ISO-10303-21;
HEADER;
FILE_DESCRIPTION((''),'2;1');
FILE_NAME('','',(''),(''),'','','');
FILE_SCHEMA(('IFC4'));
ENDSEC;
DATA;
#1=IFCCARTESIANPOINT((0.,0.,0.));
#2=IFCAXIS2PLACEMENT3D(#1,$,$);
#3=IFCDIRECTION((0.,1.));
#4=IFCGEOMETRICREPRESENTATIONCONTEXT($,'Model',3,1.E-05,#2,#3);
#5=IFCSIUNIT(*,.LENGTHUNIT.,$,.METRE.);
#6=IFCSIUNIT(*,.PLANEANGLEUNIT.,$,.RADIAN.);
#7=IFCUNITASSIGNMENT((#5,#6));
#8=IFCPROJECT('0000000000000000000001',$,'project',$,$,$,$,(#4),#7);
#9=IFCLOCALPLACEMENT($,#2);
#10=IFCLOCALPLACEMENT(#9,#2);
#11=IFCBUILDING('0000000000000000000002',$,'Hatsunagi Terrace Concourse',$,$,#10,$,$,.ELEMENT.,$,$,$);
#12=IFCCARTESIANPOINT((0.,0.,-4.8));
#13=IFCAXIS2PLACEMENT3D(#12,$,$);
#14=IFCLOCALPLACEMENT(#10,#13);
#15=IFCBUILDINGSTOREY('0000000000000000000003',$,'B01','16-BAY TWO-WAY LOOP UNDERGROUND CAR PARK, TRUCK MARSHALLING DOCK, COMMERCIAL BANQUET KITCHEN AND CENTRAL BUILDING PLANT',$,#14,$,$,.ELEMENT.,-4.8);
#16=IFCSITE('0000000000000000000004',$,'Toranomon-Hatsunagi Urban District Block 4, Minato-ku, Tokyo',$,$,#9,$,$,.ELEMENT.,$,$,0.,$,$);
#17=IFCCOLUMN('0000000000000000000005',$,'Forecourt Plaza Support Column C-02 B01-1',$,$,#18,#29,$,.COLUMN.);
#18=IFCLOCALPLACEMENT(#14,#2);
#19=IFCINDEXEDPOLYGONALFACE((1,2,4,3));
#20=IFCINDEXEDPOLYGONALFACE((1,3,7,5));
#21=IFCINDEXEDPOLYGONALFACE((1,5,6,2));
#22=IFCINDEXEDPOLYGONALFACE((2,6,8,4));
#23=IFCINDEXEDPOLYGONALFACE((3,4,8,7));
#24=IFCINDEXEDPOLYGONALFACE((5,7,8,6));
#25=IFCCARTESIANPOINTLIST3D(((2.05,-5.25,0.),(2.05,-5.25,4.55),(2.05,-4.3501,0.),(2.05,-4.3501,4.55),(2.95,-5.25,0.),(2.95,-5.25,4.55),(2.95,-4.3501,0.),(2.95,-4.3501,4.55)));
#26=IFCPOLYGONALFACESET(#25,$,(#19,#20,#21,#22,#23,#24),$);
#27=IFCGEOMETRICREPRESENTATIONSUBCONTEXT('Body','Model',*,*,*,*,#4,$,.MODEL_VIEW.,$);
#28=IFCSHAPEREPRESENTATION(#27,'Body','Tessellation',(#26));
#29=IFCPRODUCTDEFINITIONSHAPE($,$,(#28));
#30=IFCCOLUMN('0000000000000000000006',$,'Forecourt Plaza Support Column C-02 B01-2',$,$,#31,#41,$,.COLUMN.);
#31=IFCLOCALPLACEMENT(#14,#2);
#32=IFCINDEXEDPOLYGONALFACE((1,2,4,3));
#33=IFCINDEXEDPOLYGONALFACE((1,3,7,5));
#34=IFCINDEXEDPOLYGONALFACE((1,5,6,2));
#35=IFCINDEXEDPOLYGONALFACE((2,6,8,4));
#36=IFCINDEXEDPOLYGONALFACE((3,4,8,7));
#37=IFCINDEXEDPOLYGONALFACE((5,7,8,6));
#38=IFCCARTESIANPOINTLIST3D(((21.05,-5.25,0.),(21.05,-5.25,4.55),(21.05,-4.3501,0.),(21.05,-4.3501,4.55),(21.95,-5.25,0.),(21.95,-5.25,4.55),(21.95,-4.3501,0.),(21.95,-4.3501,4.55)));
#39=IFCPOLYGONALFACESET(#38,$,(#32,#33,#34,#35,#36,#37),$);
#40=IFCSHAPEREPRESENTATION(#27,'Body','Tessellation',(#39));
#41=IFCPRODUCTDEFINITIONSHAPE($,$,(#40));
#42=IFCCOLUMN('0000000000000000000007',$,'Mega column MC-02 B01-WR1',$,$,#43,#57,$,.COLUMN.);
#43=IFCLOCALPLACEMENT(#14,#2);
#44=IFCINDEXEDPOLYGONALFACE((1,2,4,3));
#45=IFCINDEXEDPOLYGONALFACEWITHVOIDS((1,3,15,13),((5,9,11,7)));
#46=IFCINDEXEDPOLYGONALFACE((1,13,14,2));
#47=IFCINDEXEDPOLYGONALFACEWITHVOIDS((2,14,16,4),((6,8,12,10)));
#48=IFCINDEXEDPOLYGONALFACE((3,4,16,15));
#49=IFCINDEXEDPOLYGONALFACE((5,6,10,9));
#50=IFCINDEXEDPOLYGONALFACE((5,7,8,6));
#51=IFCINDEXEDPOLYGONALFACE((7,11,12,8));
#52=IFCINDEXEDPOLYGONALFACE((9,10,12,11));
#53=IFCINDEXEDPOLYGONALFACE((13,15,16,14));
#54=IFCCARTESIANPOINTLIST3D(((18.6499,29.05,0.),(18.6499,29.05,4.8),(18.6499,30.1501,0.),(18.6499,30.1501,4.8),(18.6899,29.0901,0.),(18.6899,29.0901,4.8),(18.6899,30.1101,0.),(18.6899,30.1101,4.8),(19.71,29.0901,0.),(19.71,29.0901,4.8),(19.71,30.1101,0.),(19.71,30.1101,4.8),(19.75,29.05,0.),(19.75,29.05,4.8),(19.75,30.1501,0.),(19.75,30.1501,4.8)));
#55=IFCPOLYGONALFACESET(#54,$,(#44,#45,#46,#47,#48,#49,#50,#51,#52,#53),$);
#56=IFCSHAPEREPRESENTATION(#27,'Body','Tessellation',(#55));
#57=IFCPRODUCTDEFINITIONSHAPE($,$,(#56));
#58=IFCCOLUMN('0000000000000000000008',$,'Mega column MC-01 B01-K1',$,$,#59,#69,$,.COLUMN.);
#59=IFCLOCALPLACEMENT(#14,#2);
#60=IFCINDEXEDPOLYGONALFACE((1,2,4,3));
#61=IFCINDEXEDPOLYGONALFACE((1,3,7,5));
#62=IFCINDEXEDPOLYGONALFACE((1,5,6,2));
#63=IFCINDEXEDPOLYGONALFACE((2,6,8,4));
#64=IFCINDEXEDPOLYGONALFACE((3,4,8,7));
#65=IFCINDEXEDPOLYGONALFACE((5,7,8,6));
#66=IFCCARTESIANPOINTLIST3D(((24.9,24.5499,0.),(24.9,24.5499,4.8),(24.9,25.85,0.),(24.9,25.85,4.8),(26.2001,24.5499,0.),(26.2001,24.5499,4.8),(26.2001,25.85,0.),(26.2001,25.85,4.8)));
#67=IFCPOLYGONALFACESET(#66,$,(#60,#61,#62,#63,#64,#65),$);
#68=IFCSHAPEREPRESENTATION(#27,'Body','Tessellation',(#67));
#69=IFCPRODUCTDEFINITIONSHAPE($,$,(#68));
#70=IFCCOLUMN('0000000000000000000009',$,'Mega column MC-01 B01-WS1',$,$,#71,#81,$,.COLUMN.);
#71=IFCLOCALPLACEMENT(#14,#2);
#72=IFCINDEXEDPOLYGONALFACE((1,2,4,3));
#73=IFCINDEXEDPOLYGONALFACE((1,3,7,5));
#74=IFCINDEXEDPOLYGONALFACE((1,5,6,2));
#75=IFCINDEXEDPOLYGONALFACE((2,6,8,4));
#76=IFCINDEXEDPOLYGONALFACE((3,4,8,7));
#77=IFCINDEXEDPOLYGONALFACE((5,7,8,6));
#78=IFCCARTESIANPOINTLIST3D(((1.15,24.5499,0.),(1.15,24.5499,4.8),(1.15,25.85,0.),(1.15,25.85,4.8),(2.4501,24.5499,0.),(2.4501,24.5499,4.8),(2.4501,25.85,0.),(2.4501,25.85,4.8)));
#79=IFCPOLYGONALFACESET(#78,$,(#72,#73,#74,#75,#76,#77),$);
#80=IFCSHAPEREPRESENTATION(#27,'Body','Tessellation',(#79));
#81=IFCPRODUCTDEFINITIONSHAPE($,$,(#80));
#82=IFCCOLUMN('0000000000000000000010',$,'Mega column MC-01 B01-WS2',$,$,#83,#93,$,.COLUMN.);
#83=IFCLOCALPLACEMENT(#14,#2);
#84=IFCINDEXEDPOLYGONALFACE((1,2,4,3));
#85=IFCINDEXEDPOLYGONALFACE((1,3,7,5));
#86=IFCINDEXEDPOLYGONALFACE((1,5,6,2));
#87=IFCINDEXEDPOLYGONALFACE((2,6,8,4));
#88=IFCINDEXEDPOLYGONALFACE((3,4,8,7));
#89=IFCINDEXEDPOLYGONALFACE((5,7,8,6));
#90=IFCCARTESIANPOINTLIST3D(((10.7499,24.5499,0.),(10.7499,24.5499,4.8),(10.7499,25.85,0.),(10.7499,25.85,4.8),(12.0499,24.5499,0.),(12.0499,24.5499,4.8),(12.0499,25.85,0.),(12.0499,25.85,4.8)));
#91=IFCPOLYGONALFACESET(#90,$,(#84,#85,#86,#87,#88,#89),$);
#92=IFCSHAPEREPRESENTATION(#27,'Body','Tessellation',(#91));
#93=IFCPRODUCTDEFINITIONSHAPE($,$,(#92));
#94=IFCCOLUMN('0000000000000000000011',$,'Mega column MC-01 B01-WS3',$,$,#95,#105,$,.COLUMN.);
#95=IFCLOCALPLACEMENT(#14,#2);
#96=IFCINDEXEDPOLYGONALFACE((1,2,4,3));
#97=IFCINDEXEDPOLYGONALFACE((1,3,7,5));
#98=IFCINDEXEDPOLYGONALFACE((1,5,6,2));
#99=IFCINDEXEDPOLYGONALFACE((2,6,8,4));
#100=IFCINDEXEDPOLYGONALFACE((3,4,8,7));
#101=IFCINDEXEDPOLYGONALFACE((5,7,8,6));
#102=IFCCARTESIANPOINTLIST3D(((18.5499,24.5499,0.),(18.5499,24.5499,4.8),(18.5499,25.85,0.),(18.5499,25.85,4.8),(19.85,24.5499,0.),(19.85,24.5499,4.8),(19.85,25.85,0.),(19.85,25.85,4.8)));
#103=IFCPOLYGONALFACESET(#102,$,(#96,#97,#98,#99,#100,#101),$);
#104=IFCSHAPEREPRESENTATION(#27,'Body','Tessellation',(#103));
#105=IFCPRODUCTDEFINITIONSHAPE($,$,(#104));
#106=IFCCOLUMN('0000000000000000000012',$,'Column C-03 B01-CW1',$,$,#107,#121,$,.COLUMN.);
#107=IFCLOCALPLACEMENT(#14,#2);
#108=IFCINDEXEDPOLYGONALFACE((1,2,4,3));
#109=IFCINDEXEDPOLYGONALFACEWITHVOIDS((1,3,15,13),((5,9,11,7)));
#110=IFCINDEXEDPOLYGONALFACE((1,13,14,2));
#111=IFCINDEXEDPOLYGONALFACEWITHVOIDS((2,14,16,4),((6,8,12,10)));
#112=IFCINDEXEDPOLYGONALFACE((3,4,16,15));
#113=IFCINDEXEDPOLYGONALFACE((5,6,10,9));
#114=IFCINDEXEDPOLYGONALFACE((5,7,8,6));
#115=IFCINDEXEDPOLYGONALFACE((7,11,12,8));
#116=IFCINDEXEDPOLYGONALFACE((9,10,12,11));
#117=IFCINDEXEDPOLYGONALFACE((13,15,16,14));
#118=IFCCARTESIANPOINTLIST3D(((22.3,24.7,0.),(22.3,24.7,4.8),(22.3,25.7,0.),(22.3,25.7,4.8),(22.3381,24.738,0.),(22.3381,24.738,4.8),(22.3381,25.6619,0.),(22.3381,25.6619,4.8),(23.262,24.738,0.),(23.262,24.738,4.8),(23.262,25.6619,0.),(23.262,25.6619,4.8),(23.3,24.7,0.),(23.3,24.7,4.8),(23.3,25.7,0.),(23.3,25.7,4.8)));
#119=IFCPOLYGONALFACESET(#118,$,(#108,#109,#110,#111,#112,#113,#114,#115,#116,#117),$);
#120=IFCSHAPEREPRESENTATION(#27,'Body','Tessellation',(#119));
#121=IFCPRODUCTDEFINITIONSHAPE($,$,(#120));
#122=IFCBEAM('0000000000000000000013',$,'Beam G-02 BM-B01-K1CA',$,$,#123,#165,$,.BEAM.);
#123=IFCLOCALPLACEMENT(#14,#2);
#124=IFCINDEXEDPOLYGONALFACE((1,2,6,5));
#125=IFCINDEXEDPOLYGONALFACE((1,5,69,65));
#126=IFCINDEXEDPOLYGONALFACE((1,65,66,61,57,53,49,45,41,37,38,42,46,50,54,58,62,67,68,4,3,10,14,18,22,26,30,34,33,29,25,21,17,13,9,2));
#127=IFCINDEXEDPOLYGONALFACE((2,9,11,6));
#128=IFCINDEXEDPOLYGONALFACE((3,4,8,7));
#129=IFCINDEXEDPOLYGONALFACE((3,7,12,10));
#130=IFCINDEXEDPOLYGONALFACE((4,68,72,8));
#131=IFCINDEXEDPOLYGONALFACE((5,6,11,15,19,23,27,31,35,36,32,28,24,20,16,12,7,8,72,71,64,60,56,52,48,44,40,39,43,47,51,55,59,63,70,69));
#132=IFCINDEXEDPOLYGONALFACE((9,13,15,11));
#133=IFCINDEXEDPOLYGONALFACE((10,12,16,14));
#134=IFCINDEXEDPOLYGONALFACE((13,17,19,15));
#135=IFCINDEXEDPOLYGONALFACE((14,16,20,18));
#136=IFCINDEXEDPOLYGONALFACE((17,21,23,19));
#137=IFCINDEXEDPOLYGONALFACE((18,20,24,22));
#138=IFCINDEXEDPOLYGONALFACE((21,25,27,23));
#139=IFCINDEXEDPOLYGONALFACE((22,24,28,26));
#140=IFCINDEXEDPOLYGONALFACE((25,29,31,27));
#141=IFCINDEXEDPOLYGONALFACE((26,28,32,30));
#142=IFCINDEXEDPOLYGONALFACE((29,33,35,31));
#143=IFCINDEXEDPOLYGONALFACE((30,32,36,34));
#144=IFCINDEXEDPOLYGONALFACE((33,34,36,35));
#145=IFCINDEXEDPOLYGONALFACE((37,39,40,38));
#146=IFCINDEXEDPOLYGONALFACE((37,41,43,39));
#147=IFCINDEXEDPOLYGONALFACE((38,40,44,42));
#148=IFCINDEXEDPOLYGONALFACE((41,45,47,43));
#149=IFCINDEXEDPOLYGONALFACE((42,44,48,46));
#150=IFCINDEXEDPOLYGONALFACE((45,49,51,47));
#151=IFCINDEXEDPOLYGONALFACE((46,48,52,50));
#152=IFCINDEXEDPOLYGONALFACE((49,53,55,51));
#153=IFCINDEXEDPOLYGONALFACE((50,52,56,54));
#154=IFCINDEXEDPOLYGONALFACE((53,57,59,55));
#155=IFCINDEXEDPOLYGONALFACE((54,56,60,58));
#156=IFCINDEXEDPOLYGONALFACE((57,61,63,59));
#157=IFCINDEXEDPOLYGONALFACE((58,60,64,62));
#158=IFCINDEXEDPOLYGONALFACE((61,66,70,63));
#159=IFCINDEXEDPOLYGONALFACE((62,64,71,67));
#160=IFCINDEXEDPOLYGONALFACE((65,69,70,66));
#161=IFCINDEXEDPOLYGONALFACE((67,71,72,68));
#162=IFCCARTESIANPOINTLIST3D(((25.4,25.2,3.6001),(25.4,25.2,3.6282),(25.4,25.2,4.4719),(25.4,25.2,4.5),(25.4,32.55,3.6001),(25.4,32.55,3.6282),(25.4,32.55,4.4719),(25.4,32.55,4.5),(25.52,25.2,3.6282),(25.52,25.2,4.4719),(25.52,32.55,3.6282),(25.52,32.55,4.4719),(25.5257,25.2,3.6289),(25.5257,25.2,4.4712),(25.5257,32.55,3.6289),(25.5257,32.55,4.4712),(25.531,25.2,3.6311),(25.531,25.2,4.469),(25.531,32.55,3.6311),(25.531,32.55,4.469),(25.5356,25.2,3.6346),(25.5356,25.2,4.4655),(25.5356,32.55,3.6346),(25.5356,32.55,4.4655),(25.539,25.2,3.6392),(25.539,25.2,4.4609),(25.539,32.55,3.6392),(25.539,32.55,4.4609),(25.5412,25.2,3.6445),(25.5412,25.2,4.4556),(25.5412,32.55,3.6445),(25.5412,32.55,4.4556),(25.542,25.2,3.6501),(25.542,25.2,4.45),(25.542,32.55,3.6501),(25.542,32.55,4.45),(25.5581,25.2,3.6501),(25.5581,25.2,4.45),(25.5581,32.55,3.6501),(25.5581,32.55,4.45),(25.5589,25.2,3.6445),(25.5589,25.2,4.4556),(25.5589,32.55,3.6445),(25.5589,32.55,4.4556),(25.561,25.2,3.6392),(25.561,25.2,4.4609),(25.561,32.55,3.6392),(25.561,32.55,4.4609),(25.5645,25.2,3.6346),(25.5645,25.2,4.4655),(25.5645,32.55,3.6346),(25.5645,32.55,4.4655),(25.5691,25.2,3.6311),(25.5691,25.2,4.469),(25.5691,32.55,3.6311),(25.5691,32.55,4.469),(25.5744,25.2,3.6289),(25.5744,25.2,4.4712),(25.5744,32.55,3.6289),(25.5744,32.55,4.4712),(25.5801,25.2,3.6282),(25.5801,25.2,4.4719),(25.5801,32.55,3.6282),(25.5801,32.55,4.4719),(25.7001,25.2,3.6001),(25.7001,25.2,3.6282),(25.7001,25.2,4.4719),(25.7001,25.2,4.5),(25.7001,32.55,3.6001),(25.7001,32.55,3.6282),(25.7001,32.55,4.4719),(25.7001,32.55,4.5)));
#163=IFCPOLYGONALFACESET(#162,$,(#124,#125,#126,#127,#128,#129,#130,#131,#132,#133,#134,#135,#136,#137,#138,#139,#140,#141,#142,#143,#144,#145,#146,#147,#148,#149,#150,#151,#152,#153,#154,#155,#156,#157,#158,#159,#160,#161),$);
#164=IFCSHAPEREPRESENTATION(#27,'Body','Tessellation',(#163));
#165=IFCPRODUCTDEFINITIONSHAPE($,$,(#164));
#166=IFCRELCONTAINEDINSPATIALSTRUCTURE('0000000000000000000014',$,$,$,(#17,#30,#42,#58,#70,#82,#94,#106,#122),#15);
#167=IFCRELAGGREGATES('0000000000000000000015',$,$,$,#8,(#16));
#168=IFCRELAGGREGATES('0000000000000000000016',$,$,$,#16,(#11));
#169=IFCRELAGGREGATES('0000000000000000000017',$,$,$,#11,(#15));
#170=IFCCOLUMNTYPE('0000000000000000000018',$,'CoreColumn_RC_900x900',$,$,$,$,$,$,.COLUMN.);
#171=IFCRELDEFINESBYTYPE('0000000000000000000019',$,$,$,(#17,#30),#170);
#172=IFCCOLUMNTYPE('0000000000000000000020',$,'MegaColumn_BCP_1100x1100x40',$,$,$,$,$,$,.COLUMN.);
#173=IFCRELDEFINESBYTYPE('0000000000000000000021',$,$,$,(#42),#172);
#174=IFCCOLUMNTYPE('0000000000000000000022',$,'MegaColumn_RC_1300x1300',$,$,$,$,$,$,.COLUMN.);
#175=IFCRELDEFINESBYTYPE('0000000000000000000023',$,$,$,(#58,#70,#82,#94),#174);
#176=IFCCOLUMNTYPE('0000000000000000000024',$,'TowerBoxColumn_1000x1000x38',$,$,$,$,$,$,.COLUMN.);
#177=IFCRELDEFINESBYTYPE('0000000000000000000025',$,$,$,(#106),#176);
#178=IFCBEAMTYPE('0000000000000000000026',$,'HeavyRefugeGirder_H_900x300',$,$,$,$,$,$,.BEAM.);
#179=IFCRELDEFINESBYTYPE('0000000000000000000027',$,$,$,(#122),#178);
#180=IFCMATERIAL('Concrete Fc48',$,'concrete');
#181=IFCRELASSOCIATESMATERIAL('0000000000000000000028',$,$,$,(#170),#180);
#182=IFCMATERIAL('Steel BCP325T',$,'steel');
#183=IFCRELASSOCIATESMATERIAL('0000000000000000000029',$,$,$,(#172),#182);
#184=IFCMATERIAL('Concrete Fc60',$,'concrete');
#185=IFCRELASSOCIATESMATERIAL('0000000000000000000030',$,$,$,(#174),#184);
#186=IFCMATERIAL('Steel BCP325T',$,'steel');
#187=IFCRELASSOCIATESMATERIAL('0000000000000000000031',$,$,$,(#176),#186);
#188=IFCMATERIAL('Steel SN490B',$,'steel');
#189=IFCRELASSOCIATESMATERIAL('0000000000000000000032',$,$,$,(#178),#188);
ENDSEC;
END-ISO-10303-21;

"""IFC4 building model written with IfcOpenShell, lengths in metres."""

from ifc_helpers import new_model, si_unit, direction, frame, origin, origin_2d, place, context, subcontext, project, spatial, rectangle, hollow_rectangle, i_section, extrude, material, material_profile, profile_set, type_object, element, save


model = new_model("IFC4")

# Units and contexts
model_context = context("Model", 3, precision=1e-05, world=origin(), true_north=direction((0.0, 1.0)))
body_context = subcontext(model_context, "Body", "Model", "MODEL_VIEW")
ifc_project = project(units=[si_unit("LENGTHUNIT", "METRE"), si_unit("PLANEANGLEUNIT", "RADIAN")], contexts=[model_context])

# Site, building, storey
site_placement = place(None, origin())
site = spatial("IfcSite", under=ifc_project, at=site_placement, Name="Toranomon-Hatsunagi Urban District Block 4, Minato-ku, Tokyo", CompositionType="ELEMENT", RefElevation=0.0)
building_placement = place(site_placement, origin())
building = spatial("IfcBuilding", under=site, at=building_placement, Name="Hatsunagi Terrace Concourse", CompositionType="ELEMENT")
storey_placement = place(building_placement, frame((0.0, 0.0, -4.8)))
storey = spatial("IfcBuildingStorey", under=building, at=storey_placement, Name="B01", Description="16-BAY TWO-WAY LOOP UNDERGROUND CAR PARK, TRUCK MARSHALLING DOCK, COMMERCIAL BANQUET KITCHEN AND CENTRAL BUILDING PLANT", CompositionType="ELEMENT", Elevation=-4.8)

# Columns
ifc_material_1 = material(Name="Concrete Fc48", Category="concrete")
ifc_material_profile_1 = material_profile(ifc_material_1, rectangle(XDim=0.8999, YDim=0.8999, at=origin_2d()), Name="RC-900x900")
ifc_profile_set_1 = profile_set([ifc_material_profile_1], Name="Concrete Fc48")
column_type_1 = type_object("IfcColumnType", Name="CoreColumn_RC_900x900", PredefinedType="COLUMN", material=ifc_profile_set_1)
for number, where, z_axis, x_axis, name in (
    (1, (2.5, -4.8, 0.0), (0.0, 0.0, 1.0), (1.0, 0.0, 0.0), "Forecourt Plaza Support Column C-02 B01-1"),
    (2, (21.5, -4.8, 0.0), (0.0, 0.0, 1.0), (1.0, 0.0, 0.0), "Forecourt Plaza Support Column C-02 B01-2"),
):
    element("IfcColumn", number, at=place(storey_placement, frame(where, z_axis=z_axis, x_axis=x_axis)), inside=storey, type_object=column_type_1, Name=name, PredefinedType="COLUMN", context=body_context, shape_type="SweptSolid", body=[
        extrude(rectangle(XDim=0.8999, YDim=0.8999, at=origin_2d()), origin(), (0.0, 0.0, 1.0), 4.55),
    ])
ifc_material_2 = material(Name="Steel BCP325T", Category="steel")
ifc_material_profile_2 = material_profile(ifc_material_2, hollow_rectangle(XDim=1.1001, YDim=1.1001, WallThickness=0.04, at=origin_2d()), Name="BCP-1100x1100x40")
ifc_profile_set_2 = profile_set([ifc_material_profile_2], Name="Steel BCP325T")
column_type_2 = type_object("IfcColumnType", Name="MegaColumn_BCP_1100x1100x40", PredefinedType="COLUMN", material=ifc_profile_set_2)
column_1_placement = place(storey_placement, frame((19.2, 29.6001, 0.0), z_axis=(0.0, 0.0, 1.0), x_axis=(1.0, 0.0, 0.0)))
element("IfcColumn", 3, at=column_1_placement, inside=storey, type_object=column_type_2, Name="Mega column MC-02 B01-WR1", PredefinedType="COLUMN", context=body_context, shape_type="SweptSolid", body=[
    extrude(hollow_rectangle(XDim=1.1001, YDim=1.1001, WallThickness=0.04, at=origin_2d()), origin(), (0.0, 0.0, 1.0), 4.8),
])
ifc_material_3 = material(Name="Concrete Fc60", Category="concrete")
ifc_material_profile_3 = material_profile(ifc_material_3, rectangle(XDim=1.3, YDim=1.3, at=origin_2d()), Name="RC-1300x1300")
ifc_profile_set_3 = profile_set([ifc_material_profile_3], Name="Concrete Fc60")
column_type_3 = type_object("IfcColumnType", Name="MegaColumn_RC_1300x1300", PredefinedType="COLUMN", material=ifc_profile_set_3)
for number, where, z_axis, x_axis, name in (
    (4, (25.55, 25.2, 0.0), (0.0, 0.0, 1.0), (1.0, 0.0, 0.0), "Mega column MC-01 B01-K1"),
    (5, (1.8, 25.2, 0.0), (0.0, 0.0, 1.0), (1.0, 0.0, 0.0), "Mega column MC-01 B01-WS1"),
    (6, (11.3999, 25.2, 0.0), (0.0, 0.0, 1.0), (1.0, 0.0, 0.0), "Mega column MC-01 B01-WS2"),
    (7, (19.2, 25.2, 0.0), (0.0, 0.0, 1.0), (1.0, 0.0, 0.0), "Mega column MC-01 B01-WS3"),
):
    element("IfcColumn", number, at=place(storey_placement, frame(where, z_axis=z_axis, x_axis=x_axis)), inside=storey, type_object=column_type_3, Name=name, PredefinedType="COLUMN", context=body_context, shape_type="SweptSolid", body=[
        extrude(rectangle(XDim=1.3, YDim=1.3, at=origin_2d()), origin(), (0.0, 0.0, 1.0), 4.8),
    ])
ifc_material_4 = material(Name="Steel BCP325T", Category="steel")
ifc_material_profile_4 = material_profile(ifc_material_4, hollow_rectangle(XDim=1.0, YDim=1.0, WallThickness=0.0381, at=origin_2d()), Name="BCP-1000x1000x38")
ifc_profile_set_4 = profile_set([ifc_material_profile_4], Name="Steel BCP325T")
column_type_4 = type_object("IfcColumnType", Name="TowerBoxColumn_1000x1000x38", PredefinedType="COLUMN", material=ifc_profile_set_4)
column_2_placement = place(storey_placement, frame((22.8, 25.2, 0.0), z_axis=(0.0, 0.0, 1.0), x_axis=(1.0, 0.0, 0.0)))
element("IfcColumn", 8, at=column_2_placement, inside=storey, type_object=column_type_4, Name="Column C-03 B01-CW1", PredefinedType="COLUMN", context=body_context, shape_type="SweptSolid", body=[
    extrude(hollow_rectangle(XDim=1.0, YDim=1.0, WallThickness=0.0381, at=origin_2d()), origin(), (0.0, 0.0, 1.0), 4.8),
])

# Beam
ifc_material_5 = material(Name="Steel SN490B", Category="steel")
ifc_material_profile_5 = material_profile(ifc_material_5, i_section(OverallWidth=0.3, OverallDepth=0.8999, WebThickness=0.0161, FlangeThickness=0.0281, FilletRadius=0.022, at=origin_2d()), Name="H-900x300x16x28")
ifc_profile_set_5 = profile_set([ifc_material_profile_5], Name="Steel SN490B")
beam_type_1 = type_object("IfcBeamType", Name="HeavyRefugeGirder_H_900x300", PredefinedType="BEAM", material=ifc_profile_set_5)
beam_1_placement = place(storey_placement, frame((25.55, 25.2, 4.05), z_axis=(0.0, 1.0, 0.0), x_axis=(-1.0, 0.0, 0.0)))
element("IfcBeam", 9, at=beam_1_placement, inside=storey, type_object=beam_type_1, Name="Beam G-02 BM-B01-K1CA", PredefinedType="BEAM", context=body_context, shape_type="SweptSolid", body=[
    extrude(i_section(OverallWidth=0.3, OverallDepth=0.8999, WebThickness=0.0161, FlangeThickness=0.0281, FilletRadius=0.022, at=origin_2d()), origin(), (0.0, 0.0, 1.0), 7.3501),
])

save(model, "model.ifc")
